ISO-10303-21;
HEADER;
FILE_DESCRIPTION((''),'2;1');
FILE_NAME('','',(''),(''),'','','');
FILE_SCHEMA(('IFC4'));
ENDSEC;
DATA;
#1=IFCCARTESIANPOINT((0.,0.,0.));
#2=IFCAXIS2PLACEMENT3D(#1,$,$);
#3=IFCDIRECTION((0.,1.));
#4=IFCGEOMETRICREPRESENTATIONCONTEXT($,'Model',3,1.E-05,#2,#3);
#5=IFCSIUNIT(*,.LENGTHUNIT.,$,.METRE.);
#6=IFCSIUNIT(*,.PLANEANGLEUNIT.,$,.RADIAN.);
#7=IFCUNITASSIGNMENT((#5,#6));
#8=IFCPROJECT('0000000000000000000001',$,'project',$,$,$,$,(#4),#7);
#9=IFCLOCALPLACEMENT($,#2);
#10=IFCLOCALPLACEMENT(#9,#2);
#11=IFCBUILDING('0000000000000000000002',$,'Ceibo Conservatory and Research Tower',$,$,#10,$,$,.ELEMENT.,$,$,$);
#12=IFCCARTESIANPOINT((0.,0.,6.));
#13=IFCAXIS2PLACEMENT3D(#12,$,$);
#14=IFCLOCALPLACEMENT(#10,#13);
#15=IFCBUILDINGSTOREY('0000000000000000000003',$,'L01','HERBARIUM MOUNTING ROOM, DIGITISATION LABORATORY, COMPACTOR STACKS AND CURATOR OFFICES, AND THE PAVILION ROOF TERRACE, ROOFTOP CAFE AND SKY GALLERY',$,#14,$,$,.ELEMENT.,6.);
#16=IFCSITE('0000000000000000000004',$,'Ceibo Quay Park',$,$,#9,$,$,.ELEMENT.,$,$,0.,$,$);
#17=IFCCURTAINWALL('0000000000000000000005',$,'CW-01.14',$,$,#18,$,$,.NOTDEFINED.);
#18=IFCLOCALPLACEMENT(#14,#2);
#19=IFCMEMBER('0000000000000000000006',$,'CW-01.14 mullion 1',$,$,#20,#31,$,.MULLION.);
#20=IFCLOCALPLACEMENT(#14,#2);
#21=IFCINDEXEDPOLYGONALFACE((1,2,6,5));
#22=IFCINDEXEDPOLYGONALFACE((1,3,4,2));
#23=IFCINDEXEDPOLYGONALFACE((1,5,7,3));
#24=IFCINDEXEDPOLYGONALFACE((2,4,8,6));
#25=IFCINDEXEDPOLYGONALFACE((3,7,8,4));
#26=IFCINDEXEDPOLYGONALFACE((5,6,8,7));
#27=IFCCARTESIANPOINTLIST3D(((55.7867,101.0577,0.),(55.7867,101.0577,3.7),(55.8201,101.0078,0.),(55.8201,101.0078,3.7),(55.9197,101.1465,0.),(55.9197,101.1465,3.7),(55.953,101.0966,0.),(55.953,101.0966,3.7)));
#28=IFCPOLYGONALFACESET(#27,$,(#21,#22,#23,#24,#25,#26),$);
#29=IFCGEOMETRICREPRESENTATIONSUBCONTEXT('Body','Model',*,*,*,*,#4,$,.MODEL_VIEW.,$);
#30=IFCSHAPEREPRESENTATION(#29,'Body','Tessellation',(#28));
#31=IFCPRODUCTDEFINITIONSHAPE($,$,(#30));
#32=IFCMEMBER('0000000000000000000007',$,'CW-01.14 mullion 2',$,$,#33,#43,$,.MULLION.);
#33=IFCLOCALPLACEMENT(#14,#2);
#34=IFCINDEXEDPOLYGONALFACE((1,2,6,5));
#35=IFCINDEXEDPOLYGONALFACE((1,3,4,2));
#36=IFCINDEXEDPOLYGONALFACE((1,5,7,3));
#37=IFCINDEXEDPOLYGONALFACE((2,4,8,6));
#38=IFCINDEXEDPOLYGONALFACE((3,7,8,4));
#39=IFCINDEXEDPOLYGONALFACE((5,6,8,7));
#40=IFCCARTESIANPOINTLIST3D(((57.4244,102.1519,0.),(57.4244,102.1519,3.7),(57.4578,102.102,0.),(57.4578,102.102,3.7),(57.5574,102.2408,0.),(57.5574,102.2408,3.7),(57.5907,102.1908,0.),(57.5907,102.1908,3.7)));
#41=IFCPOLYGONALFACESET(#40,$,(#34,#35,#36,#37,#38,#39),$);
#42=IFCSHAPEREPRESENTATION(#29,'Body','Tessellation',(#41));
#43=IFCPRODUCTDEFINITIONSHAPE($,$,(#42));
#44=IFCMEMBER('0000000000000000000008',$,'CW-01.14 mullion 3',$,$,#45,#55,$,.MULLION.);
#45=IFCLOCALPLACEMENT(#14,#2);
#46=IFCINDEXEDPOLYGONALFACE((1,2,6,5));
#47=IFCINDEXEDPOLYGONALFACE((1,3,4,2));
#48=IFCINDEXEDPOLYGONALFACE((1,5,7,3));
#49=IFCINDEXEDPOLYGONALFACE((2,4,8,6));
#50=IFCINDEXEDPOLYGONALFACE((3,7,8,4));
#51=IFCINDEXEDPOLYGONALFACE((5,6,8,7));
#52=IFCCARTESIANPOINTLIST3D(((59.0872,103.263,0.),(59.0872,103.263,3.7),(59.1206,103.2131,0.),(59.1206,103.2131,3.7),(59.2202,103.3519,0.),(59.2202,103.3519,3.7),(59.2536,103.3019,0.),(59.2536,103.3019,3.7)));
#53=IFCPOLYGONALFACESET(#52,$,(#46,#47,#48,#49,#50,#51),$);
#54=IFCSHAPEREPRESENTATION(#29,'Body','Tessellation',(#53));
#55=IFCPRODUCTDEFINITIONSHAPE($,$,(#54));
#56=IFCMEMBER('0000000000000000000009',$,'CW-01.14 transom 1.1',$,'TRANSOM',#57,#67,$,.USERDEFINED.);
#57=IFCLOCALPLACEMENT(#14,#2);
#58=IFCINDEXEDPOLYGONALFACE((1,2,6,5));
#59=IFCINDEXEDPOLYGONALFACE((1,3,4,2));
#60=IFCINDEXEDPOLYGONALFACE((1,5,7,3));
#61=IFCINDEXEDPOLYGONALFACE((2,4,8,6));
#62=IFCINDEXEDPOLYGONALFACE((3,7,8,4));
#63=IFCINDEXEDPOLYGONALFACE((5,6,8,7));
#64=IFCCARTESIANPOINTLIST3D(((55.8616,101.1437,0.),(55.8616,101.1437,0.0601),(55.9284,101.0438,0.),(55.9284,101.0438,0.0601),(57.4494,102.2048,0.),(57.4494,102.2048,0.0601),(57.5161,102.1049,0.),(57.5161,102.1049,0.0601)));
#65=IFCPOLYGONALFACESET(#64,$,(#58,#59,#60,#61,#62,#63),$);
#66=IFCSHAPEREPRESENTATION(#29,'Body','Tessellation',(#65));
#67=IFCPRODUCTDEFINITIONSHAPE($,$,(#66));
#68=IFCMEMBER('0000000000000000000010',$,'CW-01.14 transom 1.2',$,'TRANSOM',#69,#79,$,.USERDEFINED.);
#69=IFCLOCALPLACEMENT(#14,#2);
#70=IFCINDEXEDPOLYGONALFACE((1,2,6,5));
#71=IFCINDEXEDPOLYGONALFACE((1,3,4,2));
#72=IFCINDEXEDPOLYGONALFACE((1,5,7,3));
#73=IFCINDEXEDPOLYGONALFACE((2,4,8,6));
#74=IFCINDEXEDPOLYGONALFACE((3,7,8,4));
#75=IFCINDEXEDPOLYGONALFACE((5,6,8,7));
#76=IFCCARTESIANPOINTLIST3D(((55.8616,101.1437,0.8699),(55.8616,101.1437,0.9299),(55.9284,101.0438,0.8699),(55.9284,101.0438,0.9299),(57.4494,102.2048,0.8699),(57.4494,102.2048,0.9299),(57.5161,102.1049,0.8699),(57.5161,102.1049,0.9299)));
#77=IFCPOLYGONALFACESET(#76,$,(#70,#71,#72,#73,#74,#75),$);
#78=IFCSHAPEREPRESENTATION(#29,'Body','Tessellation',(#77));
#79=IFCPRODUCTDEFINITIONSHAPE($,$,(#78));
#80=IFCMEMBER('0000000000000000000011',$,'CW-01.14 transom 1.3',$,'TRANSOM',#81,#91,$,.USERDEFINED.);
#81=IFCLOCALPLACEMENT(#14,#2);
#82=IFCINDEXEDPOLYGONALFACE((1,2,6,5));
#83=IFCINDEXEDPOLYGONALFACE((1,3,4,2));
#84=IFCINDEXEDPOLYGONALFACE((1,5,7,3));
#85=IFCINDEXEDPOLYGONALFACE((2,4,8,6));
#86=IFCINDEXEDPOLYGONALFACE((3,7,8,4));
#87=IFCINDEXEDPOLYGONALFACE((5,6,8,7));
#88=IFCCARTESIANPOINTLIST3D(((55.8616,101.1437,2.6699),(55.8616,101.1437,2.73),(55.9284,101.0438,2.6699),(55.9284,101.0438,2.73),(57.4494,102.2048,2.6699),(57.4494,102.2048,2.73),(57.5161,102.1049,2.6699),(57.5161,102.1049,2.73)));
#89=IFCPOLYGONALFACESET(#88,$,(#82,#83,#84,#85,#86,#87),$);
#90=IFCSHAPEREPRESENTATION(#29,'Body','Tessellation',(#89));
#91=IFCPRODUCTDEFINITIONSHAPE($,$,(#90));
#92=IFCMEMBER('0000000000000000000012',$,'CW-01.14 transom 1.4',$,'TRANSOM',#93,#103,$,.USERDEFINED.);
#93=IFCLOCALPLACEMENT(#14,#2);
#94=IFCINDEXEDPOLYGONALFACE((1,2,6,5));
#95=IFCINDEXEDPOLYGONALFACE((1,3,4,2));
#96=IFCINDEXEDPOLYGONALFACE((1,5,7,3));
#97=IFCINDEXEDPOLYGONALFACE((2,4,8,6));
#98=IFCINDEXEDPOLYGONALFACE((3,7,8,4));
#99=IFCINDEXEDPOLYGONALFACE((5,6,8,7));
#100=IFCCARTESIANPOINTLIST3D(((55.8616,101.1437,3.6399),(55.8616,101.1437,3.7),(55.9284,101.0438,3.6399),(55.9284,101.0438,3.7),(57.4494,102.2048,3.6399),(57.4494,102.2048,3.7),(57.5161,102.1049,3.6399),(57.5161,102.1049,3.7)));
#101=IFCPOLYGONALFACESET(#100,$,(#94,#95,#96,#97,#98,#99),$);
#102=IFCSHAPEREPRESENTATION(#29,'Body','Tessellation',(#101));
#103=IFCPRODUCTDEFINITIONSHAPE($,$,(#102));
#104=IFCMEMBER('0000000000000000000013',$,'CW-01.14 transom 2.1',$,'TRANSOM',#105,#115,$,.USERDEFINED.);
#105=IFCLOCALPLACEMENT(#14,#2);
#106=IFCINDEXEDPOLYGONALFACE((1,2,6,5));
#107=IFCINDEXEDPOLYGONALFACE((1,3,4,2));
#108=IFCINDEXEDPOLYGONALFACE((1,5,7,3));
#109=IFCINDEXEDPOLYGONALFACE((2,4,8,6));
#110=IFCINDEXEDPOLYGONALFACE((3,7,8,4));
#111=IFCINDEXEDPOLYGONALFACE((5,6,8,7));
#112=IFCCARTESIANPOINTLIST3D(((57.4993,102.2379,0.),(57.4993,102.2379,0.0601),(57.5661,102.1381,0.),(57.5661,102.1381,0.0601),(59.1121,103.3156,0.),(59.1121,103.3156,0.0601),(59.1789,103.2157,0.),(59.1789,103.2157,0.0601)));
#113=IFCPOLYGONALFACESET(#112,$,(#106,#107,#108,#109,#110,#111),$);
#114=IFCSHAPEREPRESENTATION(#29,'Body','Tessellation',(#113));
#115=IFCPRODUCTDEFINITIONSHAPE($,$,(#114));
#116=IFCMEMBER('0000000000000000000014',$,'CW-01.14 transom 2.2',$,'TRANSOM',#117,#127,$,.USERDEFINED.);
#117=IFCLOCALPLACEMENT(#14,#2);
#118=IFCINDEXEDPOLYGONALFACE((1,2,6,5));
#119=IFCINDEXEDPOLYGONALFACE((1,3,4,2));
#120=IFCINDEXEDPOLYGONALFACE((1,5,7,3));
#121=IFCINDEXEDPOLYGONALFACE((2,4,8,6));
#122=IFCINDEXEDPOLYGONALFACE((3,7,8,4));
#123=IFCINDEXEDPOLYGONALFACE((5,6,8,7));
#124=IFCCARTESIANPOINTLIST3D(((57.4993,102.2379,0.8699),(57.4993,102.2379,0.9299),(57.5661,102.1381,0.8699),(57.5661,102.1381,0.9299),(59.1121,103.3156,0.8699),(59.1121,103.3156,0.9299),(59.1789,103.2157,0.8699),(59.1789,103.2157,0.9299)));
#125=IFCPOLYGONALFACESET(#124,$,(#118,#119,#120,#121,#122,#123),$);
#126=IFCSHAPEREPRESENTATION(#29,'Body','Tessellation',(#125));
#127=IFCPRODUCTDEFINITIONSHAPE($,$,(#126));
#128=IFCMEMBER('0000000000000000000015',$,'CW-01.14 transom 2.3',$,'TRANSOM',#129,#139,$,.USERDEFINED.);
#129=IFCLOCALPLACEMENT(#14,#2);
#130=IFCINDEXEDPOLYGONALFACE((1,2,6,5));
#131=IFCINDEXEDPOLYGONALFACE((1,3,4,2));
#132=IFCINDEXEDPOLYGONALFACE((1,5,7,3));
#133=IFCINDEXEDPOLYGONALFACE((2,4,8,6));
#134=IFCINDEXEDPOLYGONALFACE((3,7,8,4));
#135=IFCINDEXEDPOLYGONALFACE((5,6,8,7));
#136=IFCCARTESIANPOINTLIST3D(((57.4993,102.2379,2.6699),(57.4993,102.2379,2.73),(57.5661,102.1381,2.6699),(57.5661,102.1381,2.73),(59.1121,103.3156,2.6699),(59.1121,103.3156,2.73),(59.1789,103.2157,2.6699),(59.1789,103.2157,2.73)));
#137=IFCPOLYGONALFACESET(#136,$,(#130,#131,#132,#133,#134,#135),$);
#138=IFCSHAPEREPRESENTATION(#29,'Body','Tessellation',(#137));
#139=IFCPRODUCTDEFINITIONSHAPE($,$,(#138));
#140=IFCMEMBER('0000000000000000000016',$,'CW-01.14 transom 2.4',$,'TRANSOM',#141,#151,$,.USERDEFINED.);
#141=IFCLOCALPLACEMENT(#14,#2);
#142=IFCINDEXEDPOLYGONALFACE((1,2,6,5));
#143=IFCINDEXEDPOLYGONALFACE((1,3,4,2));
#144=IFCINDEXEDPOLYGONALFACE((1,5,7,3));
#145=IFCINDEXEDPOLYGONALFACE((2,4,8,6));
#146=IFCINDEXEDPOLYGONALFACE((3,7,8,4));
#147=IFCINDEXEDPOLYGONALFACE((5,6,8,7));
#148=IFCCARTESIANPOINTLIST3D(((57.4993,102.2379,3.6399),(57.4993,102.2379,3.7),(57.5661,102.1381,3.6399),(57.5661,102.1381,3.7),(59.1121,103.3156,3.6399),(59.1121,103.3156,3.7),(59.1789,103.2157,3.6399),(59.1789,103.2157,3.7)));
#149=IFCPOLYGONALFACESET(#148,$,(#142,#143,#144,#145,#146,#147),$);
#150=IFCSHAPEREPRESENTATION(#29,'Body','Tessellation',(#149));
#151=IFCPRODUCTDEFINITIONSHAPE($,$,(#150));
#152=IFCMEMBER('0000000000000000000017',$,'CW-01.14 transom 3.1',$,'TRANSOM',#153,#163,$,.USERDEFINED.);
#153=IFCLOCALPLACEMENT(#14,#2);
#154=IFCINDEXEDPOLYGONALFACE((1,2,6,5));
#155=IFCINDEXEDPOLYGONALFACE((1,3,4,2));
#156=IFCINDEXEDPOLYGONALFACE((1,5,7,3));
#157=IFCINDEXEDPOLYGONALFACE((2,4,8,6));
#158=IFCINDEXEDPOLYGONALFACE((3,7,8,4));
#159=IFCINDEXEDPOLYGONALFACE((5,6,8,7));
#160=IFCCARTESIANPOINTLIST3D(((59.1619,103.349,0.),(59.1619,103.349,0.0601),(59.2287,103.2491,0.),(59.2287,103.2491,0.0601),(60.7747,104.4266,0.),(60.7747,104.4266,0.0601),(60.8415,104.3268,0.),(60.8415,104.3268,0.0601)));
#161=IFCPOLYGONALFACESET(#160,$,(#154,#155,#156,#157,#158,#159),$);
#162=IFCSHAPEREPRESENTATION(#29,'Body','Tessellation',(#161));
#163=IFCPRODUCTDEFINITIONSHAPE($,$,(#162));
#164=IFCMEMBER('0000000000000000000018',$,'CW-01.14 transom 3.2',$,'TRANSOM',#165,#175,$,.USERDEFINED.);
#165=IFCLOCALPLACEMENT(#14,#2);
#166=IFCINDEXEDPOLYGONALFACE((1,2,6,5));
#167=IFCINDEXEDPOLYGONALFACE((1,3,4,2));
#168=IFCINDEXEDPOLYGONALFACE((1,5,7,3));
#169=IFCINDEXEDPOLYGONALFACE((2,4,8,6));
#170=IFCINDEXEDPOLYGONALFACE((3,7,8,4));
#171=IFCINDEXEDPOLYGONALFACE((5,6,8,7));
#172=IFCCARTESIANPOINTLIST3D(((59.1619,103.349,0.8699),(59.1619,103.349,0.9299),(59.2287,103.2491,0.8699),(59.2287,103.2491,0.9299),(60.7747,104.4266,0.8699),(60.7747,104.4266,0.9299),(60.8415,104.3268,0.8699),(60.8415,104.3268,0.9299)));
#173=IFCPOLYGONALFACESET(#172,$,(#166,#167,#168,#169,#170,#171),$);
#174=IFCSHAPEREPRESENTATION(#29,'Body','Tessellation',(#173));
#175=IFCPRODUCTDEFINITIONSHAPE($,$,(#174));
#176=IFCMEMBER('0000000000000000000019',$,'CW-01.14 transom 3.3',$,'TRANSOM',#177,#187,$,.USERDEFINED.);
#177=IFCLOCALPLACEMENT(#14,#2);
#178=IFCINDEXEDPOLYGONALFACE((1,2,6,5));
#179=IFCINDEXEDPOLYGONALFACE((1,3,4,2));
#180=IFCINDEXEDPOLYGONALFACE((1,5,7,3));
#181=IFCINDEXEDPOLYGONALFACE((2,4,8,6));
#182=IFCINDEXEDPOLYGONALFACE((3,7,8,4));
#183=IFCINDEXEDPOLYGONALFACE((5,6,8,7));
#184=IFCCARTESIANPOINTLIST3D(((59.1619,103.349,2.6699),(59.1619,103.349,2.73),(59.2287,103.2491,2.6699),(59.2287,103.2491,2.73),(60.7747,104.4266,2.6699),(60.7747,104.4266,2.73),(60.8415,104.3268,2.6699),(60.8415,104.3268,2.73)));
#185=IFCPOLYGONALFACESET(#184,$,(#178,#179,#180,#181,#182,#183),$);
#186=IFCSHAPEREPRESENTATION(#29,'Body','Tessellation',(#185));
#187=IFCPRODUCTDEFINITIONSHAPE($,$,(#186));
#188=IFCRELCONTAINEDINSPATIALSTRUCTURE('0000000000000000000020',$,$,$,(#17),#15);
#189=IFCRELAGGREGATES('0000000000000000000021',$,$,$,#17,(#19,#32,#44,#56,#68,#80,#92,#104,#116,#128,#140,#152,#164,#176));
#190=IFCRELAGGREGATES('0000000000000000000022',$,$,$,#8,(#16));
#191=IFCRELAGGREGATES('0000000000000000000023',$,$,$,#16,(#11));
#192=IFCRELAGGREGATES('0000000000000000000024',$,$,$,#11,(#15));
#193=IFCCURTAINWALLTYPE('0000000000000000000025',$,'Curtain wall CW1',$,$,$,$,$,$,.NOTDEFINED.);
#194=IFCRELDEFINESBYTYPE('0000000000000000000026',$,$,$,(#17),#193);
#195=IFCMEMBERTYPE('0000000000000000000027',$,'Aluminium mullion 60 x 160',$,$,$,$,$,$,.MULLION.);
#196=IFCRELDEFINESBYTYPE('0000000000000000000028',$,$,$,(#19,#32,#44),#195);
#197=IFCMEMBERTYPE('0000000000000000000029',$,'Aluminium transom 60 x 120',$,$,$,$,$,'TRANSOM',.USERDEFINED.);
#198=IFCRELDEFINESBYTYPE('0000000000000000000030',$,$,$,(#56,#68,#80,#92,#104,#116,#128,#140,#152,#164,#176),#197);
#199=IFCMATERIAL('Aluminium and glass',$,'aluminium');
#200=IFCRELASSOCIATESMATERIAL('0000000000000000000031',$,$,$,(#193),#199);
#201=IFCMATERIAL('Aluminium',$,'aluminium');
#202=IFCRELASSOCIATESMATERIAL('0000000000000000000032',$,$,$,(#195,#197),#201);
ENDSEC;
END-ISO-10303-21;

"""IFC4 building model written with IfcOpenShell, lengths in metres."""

from ifc_helpers import new_model, si_unit, direction, frame, origin, origin_2d, place, context, subcontext, project, spatial, rectangle, extrude, material, material_profile, profile_set, type_object, element, aggregate, save


model = new_model("IFC4")

# Units and contexts
model_context = context("Model", 3, precision=1e-05, world=origin(), true_north=direction((0.0, 1.0)))
body_context = subcontext(model_context, "Body", "Model", "MODEL_VIEW")
ifc_project = project(units=[si_unit("LENGTHUNIT", "METRE"), si_unit("PLANEANGLEUNIT", "RADIAN")], contexts=[model_context])

# Site, building, storey
site_placement = place(None, origin())
site = spatial("IfcSite", under=ifc_project, at=site_placement, Name="Ceibo Quay Park", CompositionType="ELEMENT", RefElevation=0.0)
building_placement = place(site_placement, origin())
building = spatial("IfcBuilding", under=site, at=building_placement, Name="Ceibo Conservatory and Research Tower", CompositionType="ELEMENT")
storey_placement = place(building_placement, frame((0.0, 0.0, 6.0)))
storey = spatial("IfcBuildingStorey", under=building, at=storey_placement, Name="L01", Description="HERBARIUM MOUNTING ROOM, DIGITISATION LABORATORY, COMPACTOR STACKS AND CURATOR OFFICES, AND THE PAVILION ROOF TERRACE, ROOFTOP CAFE AND SKY GALLERY", CompositionType="ELEMENT", Elevation=6.0)

# Curtain wall, members
ifc_material_1 = material(Name="Aluminium and glass", Category="aluminium")
curtain_wall_type = type_object("IfcCurtainWallType", Name="Curtain wall CW1", PredefinedType="NOTDEFINED", material=ifc_material_1)
curtain_wall_placement = place(storey_placement, origin())
curtain_wall = element("IfcCurtainWall", 1, at=curtain_wall_placement, inside=storey, type_object=curtain_wall_type, Name="CW-01.14", PredefinedType="NOTDEFINED")
ifc_material_2 = material(Name="Aluminium", Category="aluminium")
ifc_material_profile_1 = material_profile(ifc_material_2, rectangle(XDim=0.0601, YDim=0.1599, at=origin_2d()), Name="Aluminium 60 x 160")
ifc_profile_set_1 = profile_set([ifc_material_profile_1], Name="Aluminium")
member_type_1 = type_object("IfcMemberType", Name="Aluminium mullion 60 x 160", PredefinedType="MULLION", material=ifc_profile_set_1)
member_1_placement = place(storey_placement, frame((55.8699, 101.0771, 0.0), z_axis=(0.0, 0.0, 1.0), x_axis=(-0.55557, 0.83147, 0.0)))
member_1 = element("IfcMember", 2, at=member_1_placement, type_object=member_type_1, Name="CW-01.14 mullion 1", PredefinedType="MULLION", context=body_context, shape_type="SweptSolid", body=[
    extrude(rectangle(XDim=0.0601, YDim=0.1599, at=origin_2d()), origin(), (0.0, 0.0, 1.0), 3.7),
])
member_2_placement = place(storey_placement, frame((57.5076, 102.1714, 0.0), z_axis=(0.0, 0.0, 1.0), x_axis=(-0.55557, 0.83147, 0.0)))
member_2 = element("IfcMember", 3, at=member_2_placement, type_object=member_type_1, Name="CW-01.14 mullion 2", PredefinedType="MULLION", context=body_context, shape_type="SweptSolid", body=[
    extrude(rectangle(XDim=0.0601, YDim=0.1599, at=origin_2d()), origin(), (0.0, 0.0, 1.0), 3.7),
])
member_3_placement = place(storey_placement, frame((59.1704, 103.2825, 0.0), z_axis=(0.0, 0.0, 1.0), x_axis=(-0.55557, 0.83147, 0.0)))
member_3 = element("IfcMember", 4, at=member_3_placement, type_object=member_type_1, Name="CW-01.14 mullion 3", PredefinedType="MULLION", context=body_context, shape_type="SweptSolid", body=[
    extrude(rectangle(XDim=0.0601, YDim=0.1599, at=origin_2d()), origin(), (0.0, 0.0, 1.0), 3.7),
])
ifc_material_profile_2 = material_profile(ifc_material_2, rectangle(XDim=0.1201, YDim=0.0601, at=origin_2d()), Name="Aluminium 60 x 120")
ifc_profile_set_2 = profile_set([ifc_material_profile_2], Name="Aluminium")
member_type_2 = type_object("IfcMemberType", Name="Aluminium transom 60 x 120", ElementType="TRANSOM", PredefinedType="USERDEFINED", material=ifc_profile_set_2)
member_4_placement = place(storey_placement, frame((55.895, 101.0938, 0.03), z_axis=(0.83142, 0.555644, 0.0), x_axis=(-0.555644, 0.83142, 0.0)))
member_4 = element("IfcMember", 5, at=member_4_placement, type_object=member_type_2, Name="CW-01.14 transom 1.1", ObjectType="TRANSOM", PredefinedType="USERDEFINED", context=body_context, shape_type="SweptSolid", body=[
    extrude(rectangle(XDim=0.1201, YDim=0.0601, at=origin_2d()), origin(), (0.0, 0.0, 1.0), 1.9097),
])
member_5_placement = place(storey_placement, frame((55.895, 101.0938, 0.8999), z_axis=(0.83142, 0.555644, 0.0), x_axis=(-0.555644, 0.83142, 0.0)))
member_5 = element("IfcMember", 6, at=member_5_placement, type_object=member_type_2, Name="CW-01.14 transom 1.2", ObjectType="TRANSOM", PredefinedType="USERDEFINED", context=body_context, shape_type="SweptSolid", body=[
    extrude(rectangle(XDim=0.1201, YDim=0.0601, at=origin_2d()), origin(), (0.0, 0.0, 1.0), 1.9097),
])
member_6_placement = place(storey_placement, frame((55.895, 101.0938, 2.7), z_axis=(0.83142, 0.555644, 0.0), x_axis=(-0.555644, 0.83142, 0.0)))
member_6 = element("IfcMember", 7, at=member_6_placement, type_object=member_type_2, Name="CW-01.14 transom 1.3", ObjectType="TRANSOM", PredefinedType="USERDEFINED", context=body_context, shape_type="SweptSolid", body=[
    extrude(rectangle(XDim=0.1201, YDim=0.0601, at=origin_2d()), origin(), (0.0, 0.0, 1.0), 1.9097),
])
member_7_placement = place(storey_placement, frame((55.895, 101.0938, 3.6699), z_axis=(0.83142, 0.555644, 0.0), x_axis=(-0.555644, 0.83142, 0.0)))
member_7 = element("IfcMember", 8, at=member_7_placement, type_object=member_type_2, Name="CW-01.14 transom 1.4", ObjectType="TRANSOM", PredefinedType="USERDEFINED", context=body_context, shape_type="SweptSolid", body=[
    extrude(rectangle(XDim=0.1201, YDim=0.0601, at=origin_2d()), origin(), (0.0, 0.0, 1.0), 1.9097),
])
member_8_placement = place(storey_placement, frame((57.5327, 102.188, 0.03), z_axis=(0.831469, 0.555571, 0.0), x_axis=(-0.555571, 0.831469, 0.0)))
member_8 = element("IfcMember", 9, at=member_8_placement, type_object=member_type_2, Name="CW-01.14 transom 2.1", ObjectType="TRANSOM", PredefinedType="USERDEFINED", context=body_context, shape_type="SweptSolid", body=[
    extrude(rectangle(XDim=0.1201, YDim=0.0601, at=origin_2d()), origin(), (0.0, 0.0, 1.0), 1.9397),
])
member_9_placement = place(storey_placement, frame((57.5327, 102.188, 0.8999), z_axis=(0.831469, 0.555571, 0.0), x_axis=(-0.555571, 0.831469, 0.0)))
member_9 = element("IfcMember", 10, at=member_9_placement, type_object=member_type_2, Name="CW-01.14 transom 2.2", ObjectType="TRANSOM", PredefinedType="USERDEFINED", context=body_context, shape_type="SweptSolid", body=[
    extrude(rectangle(XDim=0.1201, YDim=0.0601, at=origin_2d()), origin(), (0.0, 0.0, 1.0), 1.9397),
])
member_10_placement = place(storey_placement, frame((57.5327, 102.188, 2.7), z_axis=(0.831469, 0.555571, 0.0), x_axis=(-0.555571, 0.831469, 0.0)))
member_10 = element("IfcMember", 11, at=member_10_placement, type_object=member_type_2, Name="CW-01.14 transom 2.3", ObjectType="TRANSOM", PredefinedType="USERDEFINED", context=body_context, shape_type="SweptSolid", body=[
    extrude(rectangle(XDim=0.1201, YDim=0.0601, at=origin_2d()), origin(), (0.0, 0.0, 1.0), 1.9397),
])
member_11_placement = place(storey_placement, frame((57.5327, 102.188, 3.6699), z_axis=(0.831469, 0.555571, 0.0), x_axis=(-0.555571, 0.831469, 0.0)))
member_11 = element("IfcMember", 12, at=member_11_placement, type_object=member_type_2, Name="CW-01.14 transom 2.4", ObjectType="TRANSOM", PredefinedType="USERDEFINED", context=body_context, shape_type="SweptSolid", body=[
    extrude(rectangle(XDim=0.1201, YDim=0.0601, at=origin_2d()), origin(), (0.0, 0.0, 1.0), 1.9397),
])
member_12_placement = place(storey_placement, frame((59.1953, 103.2991, 0.03), z_axis=(0.831469, 0.555571, 0.0), x_axis=(-0.555571, 0.831469, 0.0)))
member_12 = element("IfcMember", 13, at=member_12_placement, type_object=member_type_2, Name="CW-01.14 transom 3.1", ObjectType="TRANSOM", PredefinedType="USERDEFINED", context=body_context, shape_type="SweptSolid", body=[
    extrude(rectangle(XDim=0.1201, YDim=0.0601, at=origin_2d()), origin(), (0.0, 0.0, 1.0), 1.9397),
])
member_13_placement = place(storey_placement, frame((59.1953, 103.2991, 0.8999), z_axis=(0.831469, 0.555571, 0.0), x_axis=(-0.555571, 0.831469, 0.0)))
member_13 = element("IfcMember", 14, at=member_13_placement, type_object=member_type_2, Name="CW-01.14 transom 3.2", ObjectType="TRANSOM", PredefinedType="USERDEFINED", context=body_context, shape_type="SweptSolid", body=[
    extrude(rectangle(XDim=0.1201, YDim=0.0601, at=origin_2d()), origin(), (0.0, 0.0, 1.0), 1.9397),
])
member_14_placement = place(storey_placement, frame((59.1953, 103.2991, 2.7), z_axis=(0.831469, 0.555571, 0.0), x_axis=(-0.555571, 0.831469, 0.0)))
member_14 = element("IfcMember", 15, at=member_14_placement, type_object=member_type_2, Name="CW-01.14 transom 3.3", ObjectType="TRANSOM", PredefinedType="USERDEFINED", context=body_context, shape_type="SweptSolid", body=[
    extrude(rectangle(XDim=0.1201, YDim=0.0601, at=origin_2d()), origin(), (0.0, 0.0, 1.0), 1.9397),
])

aggregate(curtain_wall, [member_1, member_2, member_3, member_4, member_5, member_6, member_7, member_8, member_9, member_10, member_11, member_12, member_13, member_14])

save(model, "model.ifc")
